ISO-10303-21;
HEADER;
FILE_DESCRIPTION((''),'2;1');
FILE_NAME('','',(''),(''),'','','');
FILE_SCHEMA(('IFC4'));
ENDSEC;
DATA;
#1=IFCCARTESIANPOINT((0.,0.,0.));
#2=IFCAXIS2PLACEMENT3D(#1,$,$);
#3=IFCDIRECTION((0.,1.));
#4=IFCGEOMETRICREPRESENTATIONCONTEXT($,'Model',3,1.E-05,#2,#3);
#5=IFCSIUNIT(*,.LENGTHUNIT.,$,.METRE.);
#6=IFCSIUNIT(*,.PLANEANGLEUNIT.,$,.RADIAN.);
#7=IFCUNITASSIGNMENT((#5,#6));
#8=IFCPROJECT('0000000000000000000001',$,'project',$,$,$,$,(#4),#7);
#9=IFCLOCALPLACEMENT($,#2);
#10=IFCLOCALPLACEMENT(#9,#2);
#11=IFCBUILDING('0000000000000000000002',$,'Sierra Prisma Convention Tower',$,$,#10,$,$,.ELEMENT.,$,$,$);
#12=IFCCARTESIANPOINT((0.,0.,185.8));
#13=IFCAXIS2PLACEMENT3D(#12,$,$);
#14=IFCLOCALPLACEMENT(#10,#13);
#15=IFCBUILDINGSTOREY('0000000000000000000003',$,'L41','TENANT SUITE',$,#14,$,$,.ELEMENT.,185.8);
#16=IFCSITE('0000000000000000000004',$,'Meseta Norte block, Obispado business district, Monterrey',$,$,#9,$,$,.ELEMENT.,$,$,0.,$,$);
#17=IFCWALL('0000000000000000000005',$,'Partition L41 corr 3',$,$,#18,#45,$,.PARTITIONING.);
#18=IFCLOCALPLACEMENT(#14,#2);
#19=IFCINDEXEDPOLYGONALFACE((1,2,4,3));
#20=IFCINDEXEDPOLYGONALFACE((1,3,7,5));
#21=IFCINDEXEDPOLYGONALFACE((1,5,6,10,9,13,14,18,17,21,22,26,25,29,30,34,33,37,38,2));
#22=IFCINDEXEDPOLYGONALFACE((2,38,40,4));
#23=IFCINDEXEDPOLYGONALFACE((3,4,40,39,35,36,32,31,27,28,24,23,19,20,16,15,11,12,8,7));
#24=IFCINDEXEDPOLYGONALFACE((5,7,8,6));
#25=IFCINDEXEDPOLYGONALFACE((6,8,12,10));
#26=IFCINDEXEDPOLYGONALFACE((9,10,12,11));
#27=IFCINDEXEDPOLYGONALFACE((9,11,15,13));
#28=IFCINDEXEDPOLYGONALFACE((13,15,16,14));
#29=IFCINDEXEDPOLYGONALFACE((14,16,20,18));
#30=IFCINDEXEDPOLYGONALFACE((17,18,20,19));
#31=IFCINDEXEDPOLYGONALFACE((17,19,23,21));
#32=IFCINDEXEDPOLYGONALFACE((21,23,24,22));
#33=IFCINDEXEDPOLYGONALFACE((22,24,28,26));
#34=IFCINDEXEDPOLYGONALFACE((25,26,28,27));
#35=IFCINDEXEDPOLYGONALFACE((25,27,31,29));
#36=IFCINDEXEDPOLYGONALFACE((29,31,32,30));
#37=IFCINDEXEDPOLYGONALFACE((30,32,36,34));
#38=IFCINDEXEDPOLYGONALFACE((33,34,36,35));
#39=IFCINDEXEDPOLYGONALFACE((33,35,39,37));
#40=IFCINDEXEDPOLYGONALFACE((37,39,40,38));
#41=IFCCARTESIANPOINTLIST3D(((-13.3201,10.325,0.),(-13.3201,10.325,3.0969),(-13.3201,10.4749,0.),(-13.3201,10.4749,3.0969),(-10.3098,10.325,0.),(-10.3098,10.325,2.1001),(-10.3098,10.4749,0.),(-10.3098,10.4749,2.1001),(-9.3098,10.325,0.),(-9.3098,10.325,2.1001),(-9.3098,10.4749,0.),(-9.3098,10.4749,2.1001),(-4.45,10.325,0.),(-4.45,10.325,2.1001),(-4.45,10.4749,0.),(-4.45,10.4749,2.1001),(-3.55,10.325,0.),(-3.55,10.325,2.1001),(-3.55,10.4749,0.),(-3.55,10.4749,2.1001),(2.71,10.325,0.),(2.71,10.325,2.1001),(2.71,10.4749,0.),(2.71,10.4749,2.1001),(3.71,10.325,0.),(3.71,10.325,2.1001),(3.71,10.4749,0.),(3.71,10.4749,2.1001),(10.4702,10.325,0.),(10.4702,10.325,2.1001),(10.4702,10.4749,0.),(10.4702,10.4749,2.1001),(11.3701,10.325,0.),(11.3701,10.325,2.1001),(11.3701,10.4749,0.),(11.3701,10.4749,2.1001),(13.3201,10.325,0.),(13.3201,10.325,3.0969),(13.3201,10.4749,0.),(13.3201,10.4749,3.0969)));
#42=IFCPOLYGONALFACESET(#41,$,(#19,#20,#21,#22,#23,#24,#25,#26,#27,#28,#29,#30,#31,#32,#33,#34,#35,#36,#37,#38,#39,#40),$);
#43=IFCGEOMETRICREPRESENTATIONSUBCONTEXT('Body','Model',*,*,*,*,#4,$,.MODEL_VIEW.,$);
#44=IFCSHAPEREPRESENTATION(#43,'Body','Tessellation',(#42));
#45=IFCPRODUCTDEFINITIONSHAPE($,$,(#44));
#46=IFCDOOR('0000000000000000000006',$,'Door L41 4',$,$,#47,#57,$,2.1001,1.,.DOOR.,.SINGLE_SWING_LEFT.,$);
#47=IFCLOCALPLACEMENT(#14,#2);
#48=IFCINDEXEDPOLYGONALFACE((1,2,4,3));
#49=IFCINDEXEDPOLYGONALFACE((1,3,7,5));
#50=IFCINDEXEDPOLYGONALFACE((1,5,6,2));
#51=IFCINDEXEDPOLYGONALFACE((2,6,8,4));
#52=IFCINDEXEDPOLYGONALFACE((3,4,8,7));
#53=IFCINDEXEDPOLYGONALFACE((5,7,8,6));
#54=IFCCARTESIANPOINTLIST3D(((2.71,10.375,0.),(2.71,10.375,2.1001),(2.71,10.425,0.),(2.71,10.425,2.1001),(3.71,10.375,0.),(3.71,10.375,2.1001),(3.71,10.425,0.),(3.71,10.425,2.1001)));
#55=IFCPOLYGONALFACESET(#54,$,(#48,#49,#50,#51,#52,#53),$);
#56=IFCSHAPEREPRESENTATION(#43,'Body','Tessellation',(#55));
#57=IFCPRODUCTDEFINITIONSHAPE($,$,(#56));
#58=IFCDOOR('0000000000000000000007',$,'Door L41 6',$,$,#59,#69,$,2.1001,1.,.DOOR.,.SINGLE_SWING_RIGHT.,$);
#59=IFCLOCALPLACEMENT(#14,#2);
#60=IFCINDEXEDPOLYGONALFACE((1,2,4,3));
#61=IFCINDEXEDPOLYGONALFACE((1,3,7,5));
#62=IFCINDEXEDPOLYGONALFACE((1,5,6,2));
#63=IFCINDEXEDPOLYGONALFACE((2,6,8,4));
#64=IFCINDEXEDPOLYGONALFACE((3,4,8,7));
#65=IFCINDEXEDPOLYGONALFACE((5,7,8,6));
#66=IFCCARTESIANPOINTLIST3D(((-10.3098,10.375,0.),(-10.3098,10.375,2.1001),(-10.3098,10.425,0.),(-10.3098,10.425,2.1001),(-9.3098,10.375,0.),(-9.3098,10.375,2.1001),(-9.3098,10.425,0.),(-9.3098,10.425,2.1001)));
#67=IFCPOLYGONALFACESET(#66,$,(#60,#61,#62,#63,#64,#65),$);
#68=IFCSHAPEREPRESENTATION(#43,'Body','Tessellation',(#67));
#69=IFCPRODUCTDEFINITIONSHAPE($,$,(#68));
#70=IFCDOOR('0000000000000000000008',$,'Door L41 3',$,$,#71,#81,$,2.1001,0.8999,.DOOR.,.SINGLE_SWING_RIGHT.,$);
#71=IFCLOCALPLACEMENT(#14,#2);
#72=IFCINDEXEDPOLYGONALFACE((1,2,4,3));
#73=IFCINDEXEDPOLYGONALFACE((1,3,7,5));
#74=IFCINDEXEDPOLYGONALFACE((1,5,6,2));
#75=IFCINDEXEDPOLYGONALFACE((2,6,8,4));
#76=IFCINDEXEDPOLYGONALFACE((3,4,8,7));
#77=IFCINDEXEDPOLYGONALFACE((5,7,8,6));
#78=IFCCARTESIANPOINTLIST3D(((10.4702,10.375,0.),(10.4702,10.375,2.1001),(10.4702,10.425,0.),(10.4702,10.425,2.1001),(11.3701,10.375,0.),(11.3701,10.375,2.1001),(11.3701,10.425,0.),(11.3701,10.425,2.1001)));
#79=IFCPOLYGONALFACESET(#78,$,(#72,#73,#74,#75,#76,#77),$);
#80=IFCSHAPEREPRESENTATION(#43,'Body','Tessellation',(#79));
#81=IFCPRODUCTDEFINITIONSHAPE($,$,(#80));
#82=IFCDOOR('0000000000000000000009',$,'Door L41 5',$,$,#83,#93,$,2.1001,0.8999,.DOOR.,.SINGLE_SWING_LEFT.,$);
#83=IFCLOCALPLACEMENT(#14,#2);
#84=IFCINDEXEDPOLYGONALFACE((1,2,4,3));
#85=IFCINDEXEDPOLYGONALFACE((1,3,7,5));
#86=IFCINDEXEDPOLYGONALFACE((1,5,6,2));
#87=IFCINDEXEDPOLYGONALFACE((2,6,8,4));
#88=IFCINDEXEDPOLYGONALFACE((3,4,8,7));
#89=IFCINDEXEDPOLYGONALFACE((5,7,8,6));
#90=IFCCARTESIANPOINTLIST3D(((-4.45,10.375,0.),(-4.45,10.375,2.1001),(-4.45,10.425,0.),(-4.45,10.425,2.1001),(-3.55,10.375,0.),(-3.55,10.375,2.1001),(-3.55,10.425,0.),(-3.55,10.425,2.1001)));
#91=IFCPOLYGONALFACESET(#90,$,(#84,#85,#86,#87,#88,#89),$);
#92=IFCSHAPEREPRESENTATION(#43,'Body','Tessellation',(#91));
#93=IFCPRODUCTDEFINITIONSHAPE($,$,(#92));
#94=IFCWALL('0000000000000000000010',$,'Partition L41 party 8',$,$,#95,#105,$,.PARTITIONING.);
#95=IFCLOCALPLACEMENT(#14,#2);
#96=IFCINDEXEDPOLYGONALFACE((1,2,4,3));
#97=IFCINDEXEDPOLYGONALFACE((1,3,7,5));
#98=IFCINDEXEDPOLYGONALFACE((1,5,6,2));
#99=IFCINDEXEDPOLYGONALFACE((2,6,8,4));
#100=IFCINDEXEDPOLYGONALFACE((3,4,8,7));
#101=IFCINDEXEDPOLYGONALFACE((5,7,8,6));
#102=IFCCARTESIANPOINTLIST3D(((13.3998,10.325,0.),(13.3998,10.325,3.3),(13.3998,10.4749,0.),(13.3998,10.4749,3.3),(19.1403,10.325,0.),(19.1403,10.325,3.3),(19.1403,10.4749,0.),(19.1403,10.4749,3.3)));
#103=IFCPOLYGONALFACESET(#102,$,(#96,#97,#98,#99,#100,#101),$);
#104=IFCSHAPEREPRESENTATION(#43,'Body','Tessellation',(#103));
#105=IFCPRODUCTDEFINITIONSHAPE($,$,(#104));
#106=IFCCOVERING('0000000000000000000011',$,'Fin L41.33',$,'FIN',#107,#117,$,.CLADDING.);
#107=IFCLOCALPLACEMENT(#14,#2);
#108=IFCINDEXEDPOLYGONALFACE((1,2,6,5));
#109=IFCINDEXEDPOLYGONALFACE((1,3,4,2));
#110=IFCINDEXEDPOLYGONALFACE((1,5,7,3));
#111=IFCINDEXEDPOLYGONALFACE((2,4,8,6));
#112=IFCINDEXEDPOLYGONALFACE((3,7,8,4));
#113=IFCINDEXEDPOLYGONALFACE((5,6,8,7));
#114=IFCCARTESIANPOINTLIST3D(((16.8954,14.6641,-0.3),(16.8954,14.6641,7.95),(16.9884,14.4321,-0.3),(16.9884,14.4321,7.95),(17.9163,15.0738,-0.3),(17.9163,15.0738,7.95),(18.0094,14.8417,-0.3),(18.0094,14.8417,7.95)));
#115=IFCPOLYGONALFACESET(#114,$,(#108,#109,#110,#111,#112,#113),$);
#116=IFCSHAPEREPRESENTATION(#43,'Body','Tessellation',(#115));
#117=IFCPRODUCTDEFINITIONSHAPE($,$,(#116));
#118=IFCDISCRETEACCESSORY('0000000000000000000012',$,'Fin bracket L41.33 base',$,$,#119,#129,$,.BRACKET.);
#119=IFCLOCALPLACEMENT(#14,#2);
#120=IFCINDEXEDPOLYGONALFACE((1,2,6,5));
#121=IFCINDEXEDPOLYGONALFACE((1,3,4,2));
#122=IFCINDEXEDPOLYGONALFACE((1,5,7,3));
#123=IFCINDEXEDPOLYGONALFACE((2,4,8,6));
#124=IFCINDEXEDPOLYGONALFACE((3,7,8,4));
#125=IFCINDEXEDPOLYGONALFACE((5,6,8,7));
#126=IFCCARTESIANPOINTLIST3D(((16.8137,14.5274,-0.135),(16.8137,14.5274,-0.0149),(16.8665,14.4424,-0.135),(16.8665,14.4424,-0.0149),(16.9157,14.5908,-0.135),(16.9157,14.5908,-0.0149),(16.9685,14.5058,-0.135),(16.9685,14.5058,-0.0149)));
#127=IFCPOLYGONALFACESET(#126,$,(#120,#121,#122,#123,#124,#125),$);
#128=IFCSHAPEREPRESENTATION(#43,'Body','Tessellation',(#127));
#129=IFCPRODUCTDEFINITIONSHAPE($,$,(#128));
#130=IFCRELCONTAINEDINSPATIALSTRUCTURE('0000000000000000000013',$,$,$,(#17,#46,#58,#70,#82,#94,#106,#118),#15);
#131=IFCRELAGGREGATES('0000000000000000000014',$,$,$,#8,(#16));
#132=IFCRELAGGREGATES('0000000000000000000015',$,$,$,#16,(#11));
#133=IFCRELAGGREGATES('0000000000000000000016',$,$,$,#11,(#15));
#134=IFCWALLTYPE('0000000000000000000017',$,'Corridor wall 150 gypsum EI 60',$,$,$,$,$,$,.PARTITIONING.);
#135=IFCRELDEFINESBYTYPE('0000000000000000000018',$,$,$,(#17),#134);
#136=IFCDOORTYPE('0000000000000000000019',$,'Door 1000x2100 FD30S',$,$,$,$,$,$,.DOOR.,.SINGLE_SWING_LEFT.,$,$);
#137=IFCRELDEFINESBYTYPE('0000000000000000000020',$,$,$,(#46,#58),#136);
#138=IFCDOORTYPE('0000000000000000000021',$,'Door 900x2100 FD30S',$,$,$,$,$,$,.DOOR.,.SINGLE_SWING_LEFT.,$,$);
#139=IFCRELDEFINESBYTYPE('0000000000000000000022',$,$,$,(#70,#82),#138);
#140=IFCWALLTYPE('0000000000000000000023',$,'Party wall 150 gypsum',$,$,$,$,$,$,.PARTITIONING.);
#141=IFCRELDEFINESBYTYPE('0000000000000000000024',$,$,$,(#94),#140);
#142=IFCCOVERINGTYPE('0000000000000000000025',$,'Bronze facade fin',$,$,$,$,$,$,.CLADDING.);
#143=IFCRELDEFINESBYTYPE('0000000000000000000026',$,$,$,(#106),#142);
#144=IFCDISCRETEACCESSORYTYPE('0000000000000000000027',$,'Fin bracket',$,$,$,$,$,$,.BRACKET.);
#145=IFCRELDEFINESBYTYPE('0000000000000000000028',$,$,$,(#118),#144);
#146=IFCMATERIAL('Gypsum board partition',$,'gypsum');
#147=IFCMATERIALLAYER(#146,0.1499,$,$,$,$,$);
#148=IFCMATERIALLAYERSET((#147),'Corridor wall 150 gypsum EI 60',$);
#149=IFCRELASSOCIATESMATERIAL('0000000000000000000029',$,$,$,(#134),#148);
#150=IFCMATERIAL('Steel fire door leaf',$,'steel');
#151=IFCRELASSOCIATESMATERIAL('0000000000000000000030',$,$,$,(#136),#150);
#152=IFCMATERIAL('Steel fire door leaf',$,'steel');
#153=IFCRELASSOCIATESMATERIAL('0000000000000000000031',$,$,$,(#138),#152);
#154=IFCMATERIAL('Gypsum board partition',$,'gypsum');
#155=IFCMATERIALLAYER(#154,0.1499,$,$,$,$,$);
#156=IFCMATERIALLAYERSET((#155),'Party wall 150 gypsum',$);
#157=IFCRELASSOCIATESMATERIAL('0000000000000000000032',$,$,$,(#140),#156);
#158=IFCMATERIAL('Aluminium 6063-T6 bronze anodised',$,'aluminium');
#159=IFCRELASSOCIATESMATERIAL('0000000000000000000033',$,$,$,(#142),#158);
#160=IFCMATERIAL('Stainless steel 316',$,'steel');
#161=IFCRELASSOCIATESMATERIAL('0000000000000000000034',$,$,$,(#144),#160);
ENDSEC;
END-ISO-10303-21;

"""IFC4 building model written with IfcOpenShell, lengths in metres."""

from ifc_helpers import new_model, si_unit, direction, frame, frame_2d, origin, origin_2d, place, context, subcontext, project, spatial, rectangle, extrude, material, layer, layer_set, material_profile, profile_set, type_object, element, fill, save


model = new_model("IFC4")

# Units and contexts
model_context = context("Model", 3, precision=1e-05, world=origin(), true_north=direction((0.0, 1.0)))
body_context = subcontext(model_context, "Body", "Model", "MODEL_VIEW")
ifc_project = project(units=[si_unit("LENGTHUNIT", "METRE"), si_unit("PLANEANGLEUNIT", "RADIAN")], contexts=[model_context])

# Site, building, storey
site_placement = place(None, origin())
site = spatial("IfcSite", under=ifc_project, at=site_placement, Name="Meseta Norte block, Obispado business district, Monterrey", CompositionType="ELEMENT", RefElevation=0.0)
building_placement = place(site_placement, origin())
building = spatial("IfcBuilding", under=site, at=building_placement, Name="Sierra Prisma Convention Tower", CompositionType="ELEMENT")
storey_placement = place(building_placement, frame((0.0, 0.0, 185.8)))
storey = spatial("IfcBuildingStorey", under=building, at=storey_placement, Name="L41", Description="TENANT SUITE", CompositionType="ELEMENT", Elevation=185.8)

# Wall, openings, doors
ifc_material_1 = material(Name="Gypsum board partition", Category="gypsum")
ifc_layer_1 = layer(ifc_material_1, 0.1499)
ifc_layer_set_1 = layer_set([ifc_layer_1], Name="Corridor wall 150 gypsum EI 60")
wall_type_1 = type_object("IfcWallType", Name="Corridor wall 150 gypsum EI 60", PredefinedType="PARTITIONING", material=ifc_layer_set_1)
wall_1_placement = place(storey_placement, frame((13.3201, 10.3999, 0.0), z_axis=(0.0, 0.0, 1.0), x_axis=(-1.0, 0.0, 0.0)))
wall_1 = element("IfcWall", 1, at=wall_1_placement, inside=storey, type_object=wall_type_1, Name="Partition L41 corr 3", PredefinedType="PARTITIONING", context=body_context, shape_type="SweptSolid", body=[
    extrude(rectangle(XDim=26.6401, YDim=0.1499, at=frame_2d((13.3201, 0.0))), origin(), (0.0, 0.0, 1.0), 3.0969),
])
opening_1_placement = place(wall_1_placement, frame((1.95, 0.0, 0.0)))
opening_1 = element("IfcOpeningElement", 2, at=opening_1_placement, cuts=wall_1, PredefinedType="OPENING", context=body_context, shape_type="SweptSolid", body=[
    extrude(rectangle(XDim=0.8999, YDim=2.1001, at=frame_2d((0.45, 1.05))), frame((0.0, 0.075, 0.0), z_axis=(0.0, -1.0, 0.0), x_axis=(1.0, 0.0, 0.0)), (0.0, 0.0, 1.0), 0.1499),
])
opening_2_placement = place(wall_1_placement, frame((9.6101, 0.0, 0.0)))
opening_2 = element("IfcOpeningElement", 3, at=opening_2_placement, cuts=wall_1, PredefinedType="OPENING", context=body_context, shape_type="SweptSolid", body=[
    extrude(rectangle(XDim=1.0, YDim=2.1001, at=frame_2d((0.5, 1.05))), frame((0.0, 0.075, 0.0), z_axis=(0.0, -1.0, 0.0), x_axis=(1.0, 0.0, 0.0)), (0.0, 0.0, 1.0), 0.1499),
])
opening_3_placement = place(wall_1_placement, frame((16.8701, 0.0, 0.0)))
opening_3 = element("IfcOpeningElement", 4, at=opening_3_placement, cuts=wall_1, PredefinedType="OPENING", context=body_context, shape_type="SweptSolid", body=[
    extrude(rectangle(XDim=0.8999, YDim=2.1001, at=frame_2d((0.45, 1.05))), frame((0.0, 0.075, 0.0), z_axis=(0.0, -1.0, 0.0), x_axis=(1.0, 0.0, 0.0)), (0.0, 0.0, 1.0), 0.1499),
])
opening_4_placement = place(wall_1_placement, frame((22.6299, 0.0, 0.0)))
opening_4 = element("IfcOpeningElement", 5, at=opening_4_placement, cuts=wall_1, PredefinedType="OPENING", context=body_context, shape_type="SweptSolid", body=[
    extrude(rectangle(XDim=1.0, YDim=2.1001, at=frame_2d((0.5, 1.05))), frame((0.0, 0.075, 0.0), z_axis=(0.0, -1.0, 0.0), x_axis=(1.0, 0.0, 0.0)), (0.0, 0.0, 1.0), 0.1499),
])
ifc_material_2 = material(Name="Steel fire door leaf", Category="steel")
door_type_1 = type_object("IfcDoorType", Name="Door 1000x2100 FD30S", OperationType="SINGLE_SWING_LEFT", PredefinedType="DOOR", material=ifc_material_2)
door_1_placement = place(opening_2_placement, origin())
door_1 = element("IfcDoor", 6, at=door_1_placement, inside=storey, type_object=door_type_1, Name="Door L41 4", OperationType="SINGLE_SWING_LEFT", OverallHeight=2.1001, OverallWidth=1.0, PredefinedType="DOOR", context=body_context, shape_type="SweptSolid", body=[
    extrude(rectangle(XDim=1.0, YDim=2.1001, at=frame_2d((0.5, 1.05))), frame((0.0, 0.0249, 0.0), z_axis=(0.0, -1.0, 0.0), x_axis=(1.0, 0.0, 0.0)), (0.0, 0.0, 1.0), 0.05),
])
fill(opening_2, door_1)
door_2_placement = place(opening_4_placement, origin())
door_2 = element("IfcDoor", 7, at=door_2_placement, inside=storey, type_object=door_type_1, Name="Door L41 6", OperationType="SINGLE_SWING_RIGHT", OverallHeight=2.1001, OverallWidth=1.0, PredefinedType="DOOR", context=body_context, shape_type="SweptSolid", body=[
    extrude(rectangle(XDim=1.0, YDim=2.1001, at=frame_2d((0.5, 1.05))), frame((0.0, 0.0249, 0.0), z_axis=(0.0, -1.0, 0.0), x_axis=(1.0, 0.0, 0.0)), (0.0, 0.0, 1.0), 0.05),
])
fill(opening_4, door_2)
ifc_material_3 = material(Name="Steel fire door leaf", Category="steel")
door_type_2 = type_object("IfcDoorType", Name="Door 900x2100 FD30S", OperationType="SINGLE_SWING_LEFT", PredefinedType="DOOR", material=ifc_material_3)
door_3_placement = place(opening_1_placement, origin())
door_3 = element("IfcDoor", 8, at=door_3_placement, inside=storey, type_object=door_type_2, Name="Door L41 3", OperationType="SINGLE_SWING_RIGHT", OverallHeight=2.1001, OverallWidth=0.8999, PredefinedType="DOOR", context=body_context, shape_type="SweptSolid", body=[
    extrude(rectangle(XDim=0.8999, YDim=2.1001, at=frame_2d((0.45, 1.05))), frame((0.0, 0.0249, 0.0), z_axis=(0.0, -1.0, 0.0), x_axis=(1.0, 0.0, 0.0)), (0.0, 0.0, 1.0), 0.05),
])
fill(opening_1, door_3)
door_4_placement = place(opening_3_placement, origin())
door_4 = element("IfcDoor", 9, at=door_4_placement, inside=storey, type_object=door_type_2, Name="Door L41 5", OperationType="SINGLE_SWING_LEFT", OverallHeight=2.1001, OverallWidth=0.8999, PredefinedType="DOOR", context=body_context, shape_type="SweptSolid", body=[
    extrude(rectangle(XDim=0.8999, YDim=2.1001, at=frame_2d((0.45, 1.05))), frame((0.0, 0.0249, 0.0), z_axis=(0.0, -1.0, 0.0), x_axis=(1.0, 0.0, 0.0)), (0.0, 0.0, 1.0), 0.05),
])
fill(opening_3, door_4)

# Wall
ifc_material_4 = material(Name="Gypsum board partition", Category="gypsum")
ifc_layer_2 = layer(ifc_material_4, 0.1499)
ifc_layer_set_2 = layer_set([ifc_layer_2], Name="Party wall 150 gypsum")
wall_type_2 = type_object("IfcWallType", Name="Party wall 150 gypsum", PredefinedType="PARTITIONING", material=ifc_layer_set_2)
wall_2_placement = place(storey_placement, frame((13.3999, 10.3999, 0.0), z_axis=(0.0, 0.0, 1.0), x_axis=(1.0, 0.0, 0.0)))
element("IfcWall", 10, at=wall_2_placement, inside=storey, type_object=wall_type_2, Name="Partition L41 party 8", PredefinedType="PARTITIONING", context=body_context, shape_type="SweptSolid", body=[
    extrude(rectangle(XDim=5.7405, YDim=0.1499, at=frame_2d((2.8701, 0.0))), origin(), (0.0, 0.0, 1.0), 3.3),
])

# Covering
ifc_material_5 = material(Name="Aluminium 6063-T6 bronze anodised", Category="aluminium")
ifc_material_profile_1 = material_profile(ifc_material_5, rectangle(XDim=1.1001, YDim=0.25, at=origin_2d()), Name="ALU FIN 1100x250")
ifc_profile_set_1 = profile_set([ifc_material_profile_1], Name="Aluminium 6063-T6 bronze anodised")
covering_type = type_object("IfcCoveringType", Name="Bronze facade fin", PredefinedType="CLADDING", material=ifc_profile_set_1)
covering_placement = place(storey_placement, frame((17.4524, 14.7529, -0.3), z_axis=(0.0, 0.0, 1.0), x_axis=(0.928094, 0.372347, 0.0)))
element("IfcCovering", 11, at=covering_placement, inside=storey, type_object=covering_type, Name="Fin L41.33", ObjectType="FIN", PredefinedType="CLADDING", context=body_context, shape_type="SweptSolid", body=[
    extrude(rectangle(XDim=1.1001, YDim=0.25, at=origin_2d()), origin(), (0.0, 0.0, 1.0), 8.25),
])

# Discrete accessory
ifc_material_6 = material(Name="Stainless steel 316", Category="steel")
discrete_accessory_type = type_object("IfcDiscreteAccessoryType", Name="Fin bracket", PredefinedType="BRACKET", material=ifc_material_6)
discrete_accessory_placement = place(storey_placement, frame((16.8911, 14.5166, -0.135), z_axis=(0.0, 0.0, 1.0), x_axis=(0.849336, 0.527852, 0.0)))
element("IfcDiscreteAccessory", 12, at=discrete_accessory_placement, inside=storey, type_object=discrete_accessory_type, Name="Fin bracket L41.33 base", PredefinedType="BRACKET", context=body_context, shape_type="SweptSolid", body=[
    extrude(rectangle(XDim=0.1201, YDim=0.1001, at=origin_2d()), origin(), (0.0, 0.0, 1.0), 0.1201),
])

save(model, "model.ifc")
